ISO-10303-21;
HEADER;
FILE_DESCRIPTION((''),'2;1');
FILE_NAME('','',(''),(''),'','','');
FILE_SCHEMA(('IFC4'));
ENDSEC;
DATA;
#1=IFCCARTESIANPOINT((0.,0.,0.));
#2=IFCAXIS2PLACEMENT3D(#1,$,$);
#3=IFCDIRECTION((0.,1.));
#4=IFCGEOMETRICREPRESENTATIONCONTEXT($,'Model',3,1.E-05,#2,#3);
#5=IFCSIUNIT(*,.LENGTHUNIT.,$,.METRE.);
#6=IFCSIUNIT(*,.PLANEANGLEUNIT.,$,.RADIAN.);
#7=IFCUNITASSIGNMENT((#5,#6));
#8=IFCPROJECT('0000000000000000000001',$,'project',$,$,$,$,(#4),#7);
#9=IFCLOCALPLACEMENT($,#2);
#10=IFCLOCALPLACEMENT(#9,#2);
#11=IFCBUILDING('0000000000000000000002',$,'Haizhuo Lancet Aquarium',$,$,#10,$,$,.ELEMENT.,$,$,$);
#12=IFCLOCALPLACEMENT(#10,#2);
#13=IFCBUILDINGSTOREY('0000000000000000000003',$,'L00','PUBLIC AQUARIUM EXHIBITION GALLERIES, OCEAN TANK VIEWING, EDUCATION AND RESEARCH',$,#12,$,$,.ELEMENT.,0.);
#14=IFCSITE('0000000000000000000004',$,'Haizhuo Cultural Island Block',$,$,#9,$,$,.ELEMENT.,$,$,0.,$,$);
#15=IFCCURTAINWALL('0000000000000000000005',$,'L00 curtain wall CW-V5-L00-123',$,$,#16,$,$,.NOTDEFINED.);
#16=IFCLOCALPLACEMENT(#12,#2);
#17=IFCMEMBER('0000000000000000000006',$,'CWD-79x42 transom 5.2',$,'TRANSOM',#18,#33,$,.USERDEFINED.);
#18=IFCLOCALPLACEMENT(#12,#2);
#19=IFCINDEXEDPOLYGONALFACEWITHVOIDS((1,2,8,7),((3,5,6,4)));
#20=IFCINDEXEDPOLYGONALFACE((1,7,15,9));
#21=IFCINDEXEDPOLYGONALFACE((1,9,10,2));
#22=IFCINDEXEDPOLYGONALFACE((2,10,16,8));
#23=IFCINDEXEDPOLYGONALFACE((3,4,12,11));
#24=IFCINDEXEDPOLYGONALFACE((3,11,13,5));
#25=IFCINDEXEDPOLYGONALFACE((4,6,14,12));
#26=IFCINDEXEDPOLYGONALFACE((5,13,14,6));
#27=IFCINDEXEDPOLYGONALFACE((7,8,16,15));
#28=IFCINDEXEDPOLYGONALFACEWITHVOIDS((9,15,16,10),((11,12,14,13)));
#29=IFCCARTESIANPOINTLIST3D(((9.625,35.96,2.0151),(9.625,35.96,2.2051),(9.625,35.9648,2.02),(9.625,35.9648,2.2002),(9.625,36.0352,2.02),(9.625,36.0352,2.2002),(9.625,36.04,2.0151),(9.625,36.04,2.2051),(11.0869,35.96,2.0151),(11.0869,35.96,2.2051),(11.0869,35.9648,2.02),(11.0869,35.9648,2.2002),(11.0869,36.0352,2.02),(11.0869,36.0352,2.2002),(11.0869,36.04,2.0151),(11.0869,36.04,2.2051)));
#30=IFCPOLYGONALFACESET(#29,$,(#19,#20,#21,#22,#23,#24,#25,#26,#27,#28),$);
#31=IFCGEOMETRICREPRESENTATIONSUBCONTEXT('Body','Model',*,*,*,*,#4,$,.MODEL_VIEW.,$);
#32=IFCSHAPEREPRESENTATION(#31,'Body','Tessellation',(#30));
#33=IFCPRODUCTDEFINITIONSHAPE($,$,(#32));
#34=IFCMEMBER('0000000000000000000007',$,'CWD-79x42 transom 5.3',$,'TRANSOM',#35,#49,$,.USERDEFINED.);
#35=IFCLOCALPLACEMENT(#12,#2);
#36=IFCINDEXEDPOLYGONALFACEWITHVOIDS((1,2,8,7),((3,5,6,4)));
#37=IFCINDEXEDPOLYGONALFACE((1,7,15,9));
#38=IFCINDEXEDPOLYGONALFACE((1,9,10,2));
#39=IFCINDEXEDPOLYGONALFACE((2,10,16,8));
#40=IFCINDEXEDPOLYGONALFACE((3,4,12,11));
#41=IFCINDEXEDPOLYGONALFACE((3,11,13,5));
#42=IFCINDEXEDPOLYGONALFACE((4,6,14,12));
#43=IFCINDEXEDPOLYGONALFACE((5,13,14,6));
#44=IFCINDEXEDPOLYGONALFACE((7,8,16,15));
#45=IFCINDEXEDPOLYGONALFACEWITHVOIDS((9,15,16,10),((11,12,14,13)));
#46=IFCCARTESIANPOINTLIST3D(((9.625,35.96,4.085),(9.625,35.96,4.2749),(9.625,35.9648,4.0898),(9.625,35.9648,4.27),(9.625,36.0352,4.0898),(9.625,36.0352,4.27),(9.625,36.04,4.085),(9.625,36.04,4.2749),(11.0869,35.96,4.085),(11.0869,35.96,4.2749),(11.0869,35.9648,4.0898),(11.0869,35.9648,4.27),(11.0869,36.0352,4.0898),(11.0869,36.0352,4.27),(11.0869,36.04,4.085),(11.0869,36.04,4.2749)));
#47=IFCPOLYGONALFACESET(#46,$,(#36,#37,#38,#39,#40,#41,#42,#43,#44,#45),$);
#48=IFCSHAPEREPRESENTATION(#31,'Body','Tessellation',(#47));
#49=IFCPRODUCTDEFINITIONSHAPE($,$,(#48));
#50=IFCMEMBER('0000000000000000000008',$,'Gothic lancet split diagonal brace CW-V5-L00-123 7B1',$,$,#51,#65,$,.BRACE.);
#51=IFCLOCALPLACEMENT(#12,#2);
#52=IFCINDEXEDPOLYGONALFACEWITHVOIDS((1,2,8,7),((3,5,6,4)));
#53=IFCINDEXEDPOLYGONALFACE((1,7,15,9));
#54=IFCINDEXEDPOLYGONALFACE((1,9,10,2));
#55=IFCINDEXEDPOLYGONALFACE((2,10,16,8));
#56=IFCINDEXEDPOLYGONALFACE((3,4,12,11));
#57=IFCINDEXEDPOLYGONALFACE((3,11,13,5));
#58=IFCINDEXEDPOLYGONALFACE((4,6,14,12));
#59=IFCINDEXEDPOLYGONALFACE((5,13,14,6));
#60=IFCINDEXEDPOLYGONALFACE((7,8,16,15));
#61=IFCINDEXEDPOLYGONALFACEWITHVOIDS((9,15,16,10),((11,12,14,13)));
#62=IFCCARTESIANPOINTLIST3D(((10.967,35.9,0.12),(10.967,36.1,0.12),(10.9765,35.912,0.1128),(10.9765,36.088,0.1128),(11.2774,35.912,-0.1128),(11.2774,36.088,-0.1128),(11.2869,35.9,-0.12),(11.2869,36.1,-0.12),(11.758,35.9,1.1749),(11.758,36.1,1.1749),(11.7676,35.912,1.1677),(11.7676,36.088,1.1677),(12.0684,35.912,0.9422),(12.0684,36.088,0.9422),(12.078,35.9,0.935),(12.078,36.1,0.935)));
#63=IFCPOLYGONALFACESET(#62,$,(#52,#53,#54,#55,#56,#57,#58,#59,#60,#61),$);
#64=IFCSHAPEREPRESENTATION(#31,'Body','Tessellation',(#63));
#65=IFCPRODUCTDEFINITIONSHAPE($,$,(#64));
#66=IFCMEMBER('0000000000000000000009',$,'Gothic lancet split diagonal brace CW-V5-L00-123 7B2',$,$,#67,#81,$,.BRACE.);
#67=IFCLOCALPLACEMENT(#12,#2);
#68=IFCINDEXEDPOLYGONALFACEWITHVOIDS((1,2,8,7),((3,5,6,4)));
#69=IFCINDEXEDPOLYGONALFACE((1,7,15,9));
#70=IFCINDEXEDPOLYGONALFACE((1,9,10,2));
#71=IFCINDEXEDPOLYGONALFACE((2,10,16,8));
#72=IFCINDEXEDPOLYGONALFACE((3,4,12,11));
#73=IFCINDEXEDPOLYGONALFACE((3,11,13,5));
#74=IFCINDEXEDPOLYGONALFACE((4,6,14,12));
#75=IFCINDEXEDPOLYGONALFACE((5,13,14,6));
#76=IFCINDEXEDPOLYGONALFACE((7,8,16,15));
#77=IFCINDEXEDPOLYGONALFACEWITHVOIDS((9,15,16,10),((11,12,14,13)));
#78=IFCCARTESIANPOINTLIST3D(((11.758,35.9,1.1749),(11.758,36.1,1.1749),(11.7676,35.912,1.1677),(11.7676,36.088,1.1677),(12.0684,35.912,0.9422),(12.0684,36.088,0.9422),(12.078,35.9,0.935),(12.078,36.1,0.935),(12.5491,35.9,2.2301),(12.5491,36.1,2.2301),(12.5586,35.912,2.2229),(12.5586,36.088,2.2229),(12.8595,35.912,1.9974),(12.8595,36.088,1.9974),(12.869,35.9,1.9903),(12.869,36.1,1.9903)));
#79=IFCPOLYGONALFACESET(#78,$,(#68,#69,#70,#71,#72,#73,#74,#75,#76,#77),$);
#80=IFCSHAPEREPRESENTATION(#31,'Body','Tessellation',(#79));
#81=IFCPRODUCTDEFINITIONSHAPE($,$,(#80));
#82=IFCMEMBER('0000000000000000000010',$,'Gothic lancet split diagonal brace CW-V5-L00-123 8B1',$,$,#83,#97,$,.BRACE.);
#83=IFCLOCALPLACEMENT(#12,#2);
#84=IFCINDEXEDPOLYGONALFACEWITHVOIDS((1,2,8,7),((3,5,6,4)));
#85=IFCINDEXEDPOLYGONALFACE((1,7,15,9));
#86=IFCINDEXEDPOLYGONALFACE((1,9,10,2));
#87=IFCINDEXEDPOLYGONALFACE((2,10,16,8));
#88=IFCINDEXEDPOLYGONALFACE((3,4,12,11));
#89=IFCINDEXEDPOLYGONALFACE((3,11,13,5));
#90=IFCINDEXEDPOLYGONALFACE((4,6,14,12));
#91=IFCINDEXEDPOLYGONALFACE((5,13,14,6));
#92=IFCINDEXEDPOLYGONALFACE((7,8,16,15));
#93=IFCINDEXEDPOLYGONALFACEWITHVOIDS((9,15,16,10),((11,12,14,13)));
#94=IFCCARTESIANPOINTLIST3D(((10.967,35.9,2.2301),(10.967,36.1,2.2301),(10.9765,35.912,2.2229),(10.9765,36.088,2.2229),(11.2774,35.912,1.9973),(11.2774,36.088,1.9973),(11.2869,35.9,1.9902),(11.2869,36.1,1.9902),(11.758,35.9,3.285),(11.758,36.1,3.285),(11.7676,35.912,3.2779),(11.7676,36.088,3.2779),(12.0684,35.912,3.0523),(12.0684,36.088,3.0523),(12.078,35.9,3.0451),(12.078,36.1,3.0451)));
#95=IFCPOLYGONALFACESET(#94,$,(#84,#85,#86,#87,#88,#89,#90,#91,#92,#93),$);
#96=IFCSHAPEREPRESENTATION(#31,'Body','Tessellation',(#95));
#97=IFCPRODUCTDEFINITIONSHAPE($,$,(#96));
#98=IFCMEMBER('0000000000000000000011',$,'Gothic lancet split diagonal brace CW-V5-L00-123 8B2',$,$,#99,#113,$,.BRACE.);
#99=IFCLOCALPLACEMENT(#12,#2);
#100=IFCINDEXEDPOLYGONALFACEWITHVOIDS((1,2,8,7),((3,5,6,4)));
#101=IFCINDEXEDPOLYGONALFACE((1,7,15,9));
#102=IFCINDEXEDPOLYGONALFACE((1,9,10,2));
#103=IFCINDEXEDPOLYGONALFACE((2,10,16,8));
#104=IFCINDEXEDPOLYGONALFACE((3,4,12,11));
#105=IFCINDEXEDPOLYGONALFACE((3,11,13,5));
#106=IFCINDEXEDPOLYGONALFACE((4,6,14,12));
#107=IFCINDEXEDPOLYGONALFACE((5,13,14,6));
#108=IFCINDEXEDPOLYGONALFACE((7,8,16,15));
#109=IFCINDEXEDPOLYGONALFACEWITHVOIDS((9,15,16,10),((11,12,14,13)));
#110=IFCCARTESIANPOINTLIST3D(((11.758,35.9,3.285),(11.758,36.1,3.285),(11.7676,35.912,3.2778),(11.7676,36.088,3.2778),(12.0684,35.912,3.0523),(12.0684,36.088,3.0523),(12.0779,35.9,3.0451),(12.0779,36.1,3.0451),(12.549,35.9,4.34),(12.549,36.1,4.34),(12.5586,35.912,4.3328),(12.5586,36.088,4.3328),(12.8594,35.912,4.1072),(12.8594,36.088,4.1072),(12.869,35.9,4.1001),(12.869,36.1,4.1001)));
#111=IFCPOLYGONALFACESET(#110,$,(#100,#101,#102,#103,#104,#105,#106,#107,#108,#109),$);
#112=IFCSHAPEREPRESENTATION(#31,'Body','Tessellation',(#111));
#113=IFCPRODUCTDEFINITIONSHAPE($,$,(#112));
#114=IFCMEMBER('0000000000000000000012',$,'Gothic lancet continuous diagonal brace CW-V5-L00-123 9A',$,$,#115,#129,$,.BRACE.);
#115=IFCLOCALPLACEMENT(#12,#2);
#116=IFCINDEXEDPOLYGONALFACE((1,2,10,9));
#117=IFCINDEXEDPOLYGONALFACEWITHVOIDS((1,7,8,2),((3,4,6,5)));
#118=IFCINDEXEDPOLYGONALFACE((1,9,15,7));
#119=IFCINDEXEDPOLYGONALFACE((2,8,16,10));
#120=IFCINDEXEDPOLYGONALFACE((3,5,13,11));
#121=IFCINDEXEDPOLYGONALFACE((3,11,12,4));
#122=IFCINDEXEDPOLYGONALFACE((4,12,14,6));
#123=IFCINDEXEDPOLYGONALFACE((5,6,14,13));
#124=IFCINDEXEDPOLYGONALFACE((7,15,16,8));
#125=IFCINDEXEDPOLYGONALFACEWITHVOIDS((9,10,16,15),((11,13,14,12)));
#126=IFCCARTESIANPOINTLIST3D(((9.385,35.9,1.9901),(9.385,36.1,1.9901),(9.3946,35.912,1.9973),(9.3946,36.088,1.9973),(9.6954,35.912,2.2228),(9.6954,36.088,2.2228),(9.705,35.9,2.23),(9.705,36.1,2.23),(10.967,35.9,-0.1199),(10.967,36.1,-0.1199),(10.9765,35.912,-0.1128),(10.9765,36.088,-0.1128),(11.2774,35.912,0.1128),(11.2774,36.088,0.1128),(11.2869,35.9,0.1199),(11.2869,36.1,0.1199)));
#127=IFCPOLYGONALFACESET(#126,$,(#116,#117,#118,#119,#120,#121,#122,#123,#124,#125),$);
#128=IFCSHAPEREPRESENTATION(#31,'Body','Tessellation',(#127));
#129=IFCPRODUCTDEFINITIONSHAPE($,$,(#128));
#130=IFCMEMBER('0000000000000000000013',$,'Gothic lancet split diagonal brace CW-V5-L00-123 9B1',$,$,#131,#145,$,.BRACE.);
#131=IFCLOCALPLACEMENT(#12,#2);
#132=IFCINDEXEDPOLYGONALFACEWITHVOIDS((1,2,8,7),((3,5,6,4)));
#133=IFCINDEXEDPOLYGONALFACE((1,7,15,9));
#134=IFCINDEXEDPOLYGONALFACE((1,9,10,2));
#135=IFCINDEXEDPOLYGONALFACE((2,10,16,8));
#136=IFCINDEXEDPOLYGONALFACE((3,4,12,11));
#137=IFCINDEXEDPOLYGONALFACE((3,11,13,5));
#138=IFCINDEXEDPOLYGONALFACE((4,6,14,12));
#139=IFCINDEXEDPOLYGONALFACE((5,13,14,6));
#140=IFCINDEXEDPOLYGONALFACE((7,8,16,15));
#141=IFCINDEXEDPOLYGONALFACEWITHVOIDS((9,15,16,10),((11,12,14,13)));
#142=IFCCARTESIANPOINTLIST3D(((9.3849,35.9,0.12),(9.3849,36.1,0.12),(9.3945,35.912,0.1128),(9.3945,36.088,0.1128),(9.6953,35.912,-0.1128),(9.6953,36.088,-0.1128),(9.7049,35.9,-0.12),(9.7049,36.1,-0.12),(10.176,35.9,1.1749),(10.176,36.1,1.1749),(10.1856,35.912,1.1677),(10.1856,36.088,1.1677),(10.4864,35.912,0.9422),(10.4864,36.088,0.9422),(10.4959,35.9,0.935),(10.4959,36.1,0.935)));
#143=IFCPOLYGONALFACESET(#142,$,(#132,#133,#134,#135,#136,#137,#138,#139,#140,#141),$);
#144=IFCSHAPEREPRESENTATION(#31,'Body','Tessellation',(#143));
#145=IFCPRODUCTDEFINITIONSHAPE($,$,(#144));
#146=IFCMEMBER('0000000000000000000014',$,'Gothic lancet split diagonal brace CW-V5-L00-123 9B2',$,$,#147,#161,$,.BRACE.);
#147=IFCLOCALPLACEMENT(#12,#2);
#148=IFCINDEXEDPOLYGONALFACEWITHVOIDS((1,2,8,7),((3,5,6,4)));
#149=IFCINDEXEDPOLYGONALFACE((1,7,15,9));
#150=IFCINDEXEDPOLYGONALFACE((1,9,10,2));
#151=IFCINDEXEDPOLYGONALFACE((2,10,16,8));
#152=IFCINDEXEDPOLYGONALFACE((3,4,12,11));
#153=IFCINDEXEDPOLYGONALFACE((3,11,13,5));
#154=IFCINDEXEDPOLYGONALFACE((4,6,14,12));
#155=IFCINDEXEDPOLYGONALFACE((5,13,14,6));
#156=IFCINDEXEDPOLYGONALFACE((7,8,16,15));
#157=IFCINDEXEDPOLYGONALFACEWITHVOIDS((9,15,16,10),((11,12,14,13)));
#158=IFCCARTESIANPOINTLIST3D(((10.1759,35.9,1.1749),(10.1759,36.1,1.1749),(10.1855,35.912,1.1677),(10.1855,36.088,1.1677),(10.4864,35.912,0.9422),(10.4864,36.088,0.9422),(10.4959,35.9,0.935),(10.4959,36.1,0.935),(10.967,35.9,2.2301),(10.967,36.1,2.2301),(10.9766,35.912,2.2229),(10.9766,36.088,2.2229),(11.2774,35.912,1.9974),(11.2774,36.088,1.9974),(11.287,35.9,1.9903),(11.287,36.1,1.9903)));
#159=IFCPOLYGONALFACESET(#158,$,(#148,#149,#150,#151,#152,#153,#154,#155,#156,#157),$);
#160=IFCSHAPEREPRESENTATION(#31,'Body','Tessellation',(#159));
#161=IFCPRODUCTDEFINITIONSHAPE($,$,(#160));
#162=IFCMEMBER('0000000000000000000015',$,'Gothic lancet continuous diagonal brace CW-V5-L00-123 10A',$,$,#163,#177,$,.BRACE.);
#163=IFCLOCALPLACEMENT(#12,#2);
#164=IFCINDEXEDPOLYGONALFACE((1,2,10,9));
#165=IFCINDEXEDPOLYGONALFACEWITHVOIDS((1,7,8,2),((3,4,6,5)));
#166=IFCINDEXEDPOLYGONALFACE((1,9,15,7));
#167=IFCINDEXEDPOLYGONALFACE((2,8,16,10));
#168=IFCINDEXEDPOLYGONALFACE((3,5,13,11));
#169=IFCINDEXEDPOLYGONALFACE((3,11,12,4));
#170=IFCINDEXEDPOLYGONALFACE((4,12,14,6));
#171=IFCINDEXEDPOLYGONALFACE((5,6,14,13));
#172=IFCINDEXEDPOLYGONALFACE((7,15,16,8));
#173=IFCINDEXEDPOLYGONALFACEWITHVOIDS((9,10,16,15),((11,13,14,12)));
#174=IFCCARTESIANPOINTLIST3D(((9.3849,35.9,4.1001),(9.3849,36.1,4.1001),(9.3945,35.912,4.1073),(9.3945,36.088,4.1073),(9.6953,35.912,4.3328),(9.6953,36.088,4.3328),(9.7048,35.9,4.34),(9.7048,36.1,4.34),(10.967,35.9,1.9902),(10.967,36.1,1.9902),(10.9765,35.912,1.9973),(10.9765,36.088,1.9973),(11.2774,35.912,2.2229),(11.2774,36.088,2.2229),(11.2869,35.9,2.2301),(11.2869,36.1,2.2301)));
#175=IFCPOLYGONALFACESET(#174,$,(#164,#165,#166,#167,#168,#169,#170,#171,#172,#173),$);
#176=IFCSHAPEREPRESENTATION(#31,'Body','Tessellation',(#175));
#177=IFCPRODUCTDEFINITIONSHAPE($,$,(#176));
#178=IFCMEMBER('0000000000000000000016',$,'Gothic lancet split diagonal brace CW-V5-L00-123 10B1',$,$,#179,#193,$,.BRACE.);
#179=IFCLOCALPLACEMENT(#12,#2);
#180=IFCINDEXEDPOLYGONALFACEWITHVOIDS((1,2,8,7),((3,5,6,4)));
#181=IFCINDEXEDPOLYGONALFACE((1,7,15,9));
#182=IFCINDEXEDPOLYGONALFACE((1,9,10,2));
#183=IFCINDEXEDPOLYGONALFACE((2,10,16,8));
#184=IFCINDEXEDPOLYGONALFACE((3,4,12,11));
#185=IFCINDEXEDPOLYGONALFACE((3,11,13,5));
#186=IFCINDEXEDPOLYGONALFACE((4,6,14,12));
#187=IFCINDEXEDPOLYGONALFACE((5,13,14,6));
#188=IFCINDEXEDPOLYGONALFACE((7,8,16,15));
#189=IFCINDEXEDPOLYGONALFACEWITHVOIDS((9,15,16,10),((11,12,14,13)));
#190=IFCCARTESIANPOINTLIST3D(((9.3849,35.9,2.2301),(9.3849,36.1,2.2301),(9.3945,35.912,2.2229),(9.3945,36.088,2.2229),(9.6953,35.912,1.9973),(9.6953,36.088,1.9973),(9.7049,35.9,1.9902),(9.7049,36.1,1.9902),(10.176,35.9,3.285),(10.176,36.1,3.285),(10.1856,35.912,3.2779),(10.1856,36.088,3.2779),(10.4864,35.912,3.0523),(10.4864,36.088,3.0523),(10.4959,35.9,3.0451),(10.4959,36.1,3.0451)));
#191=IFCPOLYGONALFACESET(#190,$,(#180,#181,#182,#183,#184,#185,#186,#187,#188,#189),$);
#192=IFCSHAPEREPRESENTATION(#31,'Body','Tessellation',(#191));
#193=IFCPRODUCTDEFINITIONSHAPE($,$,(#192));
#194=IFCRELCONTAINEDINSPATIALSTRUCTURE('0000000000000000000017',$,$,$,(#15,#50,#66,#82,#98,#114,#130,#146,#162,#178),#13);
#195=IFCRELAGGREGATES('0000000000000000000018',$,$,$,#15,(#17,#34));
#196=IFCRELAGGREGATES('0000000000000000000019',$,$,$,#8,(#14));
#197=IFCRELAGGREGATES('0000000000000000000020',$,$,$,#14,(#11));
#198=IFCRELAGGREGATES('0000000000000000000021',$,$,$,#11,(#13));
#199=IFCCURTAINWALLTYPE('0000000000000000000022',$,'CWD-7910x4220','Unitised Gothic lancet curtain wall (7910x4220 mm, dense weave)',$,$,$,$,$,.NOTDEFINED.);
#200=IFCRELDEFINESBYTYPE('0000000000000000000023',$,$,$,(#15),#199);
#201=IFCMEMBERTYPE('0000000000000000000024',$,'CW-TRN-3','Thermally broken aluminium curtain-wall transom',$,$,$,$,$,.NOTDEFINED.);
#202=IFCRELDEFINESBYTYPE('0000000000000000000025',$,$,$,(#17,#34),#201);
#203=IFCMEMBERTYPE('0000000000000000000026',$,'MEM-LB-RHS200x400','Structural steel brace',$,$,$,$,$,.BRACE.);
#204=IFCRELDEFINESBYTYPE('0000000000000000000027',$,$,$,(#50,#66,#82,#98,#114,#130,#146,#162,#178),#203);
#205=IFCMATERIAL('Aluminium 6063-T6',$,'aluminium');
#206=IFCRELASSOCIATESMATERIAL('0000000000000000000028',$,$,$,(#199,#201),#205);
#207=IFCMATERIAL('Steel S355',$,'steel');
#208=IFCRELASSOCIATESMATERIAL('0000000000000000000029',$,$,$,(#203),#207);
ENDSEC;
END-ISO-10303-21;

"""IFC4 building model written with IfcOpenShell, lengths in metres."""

from ifc_helpers import new_model, si_unit, direction, frame, origin, origin_2d, place, context, subcontext, project, spatial, hollow_rectangle, extrude, material, material_profile, profile_set, type_object, element, aggregate, save


model = new_model("IFC4")

# Units and contexts
model_context = context("Model", 3, precision=1e-05, world=origin(), true_north=direction((0.0, 1.0)))
body_context = subcontext(model_context, "Body", "Model", "MODEL_VIEW")
ifc_project = project(units=[si_unit("LENGTHUNIT", "METRE"), si_unit("PLANEANGLEUNIT", "RADIAN")], contexts=[model_context])

# Site, building, storey
site_placement = place(None, origin())
site = spatial("IfcSite", under=ifc_project, at=site_placement, Name="Haizhuo Cultural Island Block", CompositionType="ELEMENT", RefElevation=0.0)
building_placement = place(site_placement, origin())
building = spatial("IfcBuilding", under=site, at=building_placement, Name="Haizhuo Lancet Aquarium", CompositionType="ELEMENT")
storey_placement = place(building_placement, origin())
storey = spatial("IfcBuildingStorey", under=building, at=storey_placement, Name="L00", Description="PUBLIC AQUARIUM EXHIBITION GALLERIES, OCEAN TANK VIEWING, EDUCATION AND RESEARCH", CompositionType="ELEMENT", Elevation=0.0)

# Shared definitions
ifc_material_1 = material(Name="Aluminium 6063-T6", Category="aluminium")

# Curtain wall
curtain_wall_type_1 = type_object("IfcCurtainWallType", Name="CWD-7910x4220", Description="Unitised Gothic lancet curtain wall (7910x4220 mm, dense weave)", PredefinedType="NOTDEFINED", material=ifc_material_1)
curtain_wall_1_placement = place(storey_placement, origin())
curtain_wall_1 = element("IfcCurtainWall", 1, at=curtain_wall_1_placement, inside=storey, type_object=curtain_wall_type_1, Name="L00 curtain wall CW-V5-L00-123", PredefinedType="NOTDEFINED")

# Members
ifc_material_profile_1 = material_profile(ifc_material_1, hollow_rectangle(XDim=0.0801, YDim=0.1899, WallThickness=0.0049, at=origin_2d()), Name="ALU-T 80x190x5")
ifc_profile_set_1 = profile_set([ifc_material_profile_1], Name="Aluminium 6063-T6")
member_type_1 = type_object("IfcMemberType", Name="CW-TRN-3", Description="Thermally broken aluminium curtain-wall transom", PredefinedType="NOTDEFINED", material=ifc_profile_set_1)
member_1_placement = place(storey_placement, frame((11.0869, 36.0, 2.1101), z_axis=(-1.0, 0.0, 0.0), x_axis=(0.0, -1.0, 0.0)))
member_1 = element("IfcMember", 2, at=member_1_placement, type_object=member_type_1, Name="CWD-79x42 transom 5.2", ObjectType="TRANSOM", PredefinedType="USERDEFINED", context=body_context, shape_type="SweptSolid", body=[
    extrude(hollow_rectangle(XDim=0.0801, YDim=0.1899, WallThickness=0.0049, at=origin_2d()), origin(), (0.0, 0.0, 1.0), 1.4619),
])
member_2_placement = place(storey_placement, frame((11.0869, 36.0, 4.1799), z_axis=(-1.0, 0.0, 0.0), x_axis=(0.0, -1.0, 0.0)))
member_2 = element("IfcMember", 3, at=member_2_placement, type_object=member_type_1, Name="CWD-79x42 transom 5.3", ObjectType="TRANSOM", PredefinedType="USERDEFINED", context=body_context, shape_type="SweptSolid", body=[
    extrude(hollow_rectangle(XDim=0.0801, YDim=0.1899, WallThickness=0.0049, at=origin_2d()), origin(), (0.0, 0.0, 1.0), 1.4619),
])

# Members
ifc_material_2 = material(Name="Steel S355", Category="steel")
ifc_material_profile_2 = material_profile(ifc_material_2, hollow_rectangle(XDim=0.2, YDim=0.3999, WallThickness=0.012, at=origin_2d()), Name="RHS 200x400x12")
ifc_profile_set_2 = profile_set([ifc_material_profile_2], Name="Steel S355")
member_type_2 = type_object("IfcMemberType", Name="MEM-LB-RHS200x400", Description="Structural steel brace", PredefinedType="BRACE", material=ifc_profile_set_2)
member_3_placement = place(storey_placement, frame((11.127, 36.0, 0.0), z_axis=(0.599911, 0.0, 0.800067), x_axis=(0.0, 1.0, 0.0)))
element("IfcMember", 4, at=member_3_placement, inside=storey, type_object=member_type_2, Name="Gothic lancet split diagonal brace CW-V5-L00-123 7B1", PredefinedType="BRACE", context=body_context, shape_type="SweptSolid", body=[
    extrude(hollow_rectangle(XDim=0.2, YDim=0.3999, WallThickness=0.012, at=origin_2d()), origin(), (0.0, 0.0, 1.0), 1.3186),
])
member_4_placement = place(storey_placement, frame((11.918, 36.0, 1.0549), z_axis=(0.599822, 0.0, 0.800133), x_axis=(0.0, 1.0, 0.0)))
element("IfcMember", 5, at=member_4_placement, inside=storey, type_object=member_type_2, Name="Gothic lancet split diagonal brace CW-V5-L00-123 7B2", PredefinedType="BRACE", context=body_context, shape_type="SweptSolid", body=[
    extrude(hollow_rectangle(XDim=0.2, YDim=0.3999, WallThickness=0.012, at=origin_2d()), origin(), (0.0, 0.0, 1.0), 1.3188),
])
for number, where, z_axis, x_axis, name in (
    (6, (11.127, 36.0, 2.1101), (0.599911, 0.0, 0.800067), (0.0, 1.0, 0.0), "Gothic lancet split diagonal brace CW-V5-L00-123 8B1"),
    (7, (11.918, 36.0, 3.165), (0.599911, 0.0, 0.800067), (0.0, 1.0, 0.0), "Gothic lancet split diagonal brace CW-V5-L00-123 8B2"),
):
    element("IfcMember", number, at=place(storey_placement, frame(where, z_axis=z_axis, x_axis=x_axis)), inside=storey, type_object=member_type_2, Name=name, PredefinedType="BRACE", context=body_context, shape_type="SweptSolid", body=[
        extrude(hollow_rectangle(XDim=0.2, YDim=0.3999, WallThickness=0.012, at=origin_2d()), origin(), (0.0, 0.0, 1.0), 1.3186),
    ])
member_5_placement = place(storey_placement, frame((11.127, 36.0, 0.0), z_axis=(-0.599867, 0.0, 0.8001), x_axis=(0.0, -1.0, 0.0)))
element("IfcMember", 8, at=member_5_placement, inside=storey, type_object=member_type_2, Name="Gothic lancet continuous diagonal brace CW-V5-L00-123 9A", PredefinedType="BRACE", context=body_context, shape_type="SweptSolid", body=[
    extrude(hollow_rectangle(XDim=0.2, YDim=0.3999, WallThickness=0.012, at=origin_2d()), origin(), (0.0, 0.0, 1.0), 2.6372),
])
member_6_placement = place(storey_placement, frame((9.5449, 36.0, 0.0), z_axis=(0.599911, 0.0, 0.800067), x_axis=(0.0, 1.0, 0.0)))
element("IfcMember", 9, at=member_6_placement, inside=storey, type_object=member_type_2, Name="Gothic lancet split diagonal brace CW-V5-L00-123 9B1", PredefinedType="BRACE", context=body_context, shape_type="SweptSolid", body=[
    extrude(hollow_rectangle(XDim=0.2, YDim=0.3999, WallThickness=0.012, at=origin_2d()), origin(), (0.0, 0.0, 1.0), 1.3186),
])
member_7_placement = place(storey_placement, frame((10.3359, 36.0, 1.0549), z_axis=(0.599822, 0.0, 0.800133), x_axis=(0.0, 1.0, 0.0)))
element("IfcMember", 10, at=member_7_placement, inside=storey, type_object=member_type_2, Name="Gothic lancet split diagonal brace CW-V5-L00-123 9B2", PredefinedType="BRACE", context=body_context, shape_type="SweptSolid", body=[
    extrude(hollow_rectangle(XDim=0.2, YDim=0.3999, WallThickness=0.012, at=origin_2d()), origin(), (0.0, 0.0, 1.0), 1.3188),
])
member_8_placement = place(storey_placement, frame((11.127, 36.0, 2.1101), z_axis=(-0.599911, 0.0, 0.800067), x_axis=(0.0, -1.0, 0.0)))
element("IfcMember", 11, at=member_8_placement, inside=storey, type_object=member_type_2, Name="Gothic lancet continuous diagonal brace CW-V5-L00-123 10A", PredefinedType="BRACE", context=body_context, shape_type="SweptSolid", body=[
    extrude(hollow_rectangle(XDim=0.2, YDim=0.3999, WallThickness=0.012, at=origin_2d()), origin(), (0.0, 0.0, 1.0), 2.6372),
])
for number, where, z_axis, x_axis, name in (
    (12, (9.5449, 36.0, 2.1101), (0.599911, 0.0, 0.800067), (0.0, 1.0, 0.0), "Gothic lancet split diagonal brace CW-V5-L00-123 10B1"),
):
    element("IfcMember", number, at=place(storey_placement, frame(where, z_axis=z_axis, x_axis=x_axis)), inside=storey, type_object=member_type_2, Name=name, PredefinedType="BRACE", context=body_context, shape_type="SweptSolid", body=[
        extrude(hollow_rectangle(XDim=0.2, YDim=0.3999, WallThickness=0.012, at=origin_2d()), origin(), (0.0, 0.0, 1.0), 1.3186),
    ])

aggregate(curtain_wall_1, [member_1, member_2])

save(model, "model.ifc")
